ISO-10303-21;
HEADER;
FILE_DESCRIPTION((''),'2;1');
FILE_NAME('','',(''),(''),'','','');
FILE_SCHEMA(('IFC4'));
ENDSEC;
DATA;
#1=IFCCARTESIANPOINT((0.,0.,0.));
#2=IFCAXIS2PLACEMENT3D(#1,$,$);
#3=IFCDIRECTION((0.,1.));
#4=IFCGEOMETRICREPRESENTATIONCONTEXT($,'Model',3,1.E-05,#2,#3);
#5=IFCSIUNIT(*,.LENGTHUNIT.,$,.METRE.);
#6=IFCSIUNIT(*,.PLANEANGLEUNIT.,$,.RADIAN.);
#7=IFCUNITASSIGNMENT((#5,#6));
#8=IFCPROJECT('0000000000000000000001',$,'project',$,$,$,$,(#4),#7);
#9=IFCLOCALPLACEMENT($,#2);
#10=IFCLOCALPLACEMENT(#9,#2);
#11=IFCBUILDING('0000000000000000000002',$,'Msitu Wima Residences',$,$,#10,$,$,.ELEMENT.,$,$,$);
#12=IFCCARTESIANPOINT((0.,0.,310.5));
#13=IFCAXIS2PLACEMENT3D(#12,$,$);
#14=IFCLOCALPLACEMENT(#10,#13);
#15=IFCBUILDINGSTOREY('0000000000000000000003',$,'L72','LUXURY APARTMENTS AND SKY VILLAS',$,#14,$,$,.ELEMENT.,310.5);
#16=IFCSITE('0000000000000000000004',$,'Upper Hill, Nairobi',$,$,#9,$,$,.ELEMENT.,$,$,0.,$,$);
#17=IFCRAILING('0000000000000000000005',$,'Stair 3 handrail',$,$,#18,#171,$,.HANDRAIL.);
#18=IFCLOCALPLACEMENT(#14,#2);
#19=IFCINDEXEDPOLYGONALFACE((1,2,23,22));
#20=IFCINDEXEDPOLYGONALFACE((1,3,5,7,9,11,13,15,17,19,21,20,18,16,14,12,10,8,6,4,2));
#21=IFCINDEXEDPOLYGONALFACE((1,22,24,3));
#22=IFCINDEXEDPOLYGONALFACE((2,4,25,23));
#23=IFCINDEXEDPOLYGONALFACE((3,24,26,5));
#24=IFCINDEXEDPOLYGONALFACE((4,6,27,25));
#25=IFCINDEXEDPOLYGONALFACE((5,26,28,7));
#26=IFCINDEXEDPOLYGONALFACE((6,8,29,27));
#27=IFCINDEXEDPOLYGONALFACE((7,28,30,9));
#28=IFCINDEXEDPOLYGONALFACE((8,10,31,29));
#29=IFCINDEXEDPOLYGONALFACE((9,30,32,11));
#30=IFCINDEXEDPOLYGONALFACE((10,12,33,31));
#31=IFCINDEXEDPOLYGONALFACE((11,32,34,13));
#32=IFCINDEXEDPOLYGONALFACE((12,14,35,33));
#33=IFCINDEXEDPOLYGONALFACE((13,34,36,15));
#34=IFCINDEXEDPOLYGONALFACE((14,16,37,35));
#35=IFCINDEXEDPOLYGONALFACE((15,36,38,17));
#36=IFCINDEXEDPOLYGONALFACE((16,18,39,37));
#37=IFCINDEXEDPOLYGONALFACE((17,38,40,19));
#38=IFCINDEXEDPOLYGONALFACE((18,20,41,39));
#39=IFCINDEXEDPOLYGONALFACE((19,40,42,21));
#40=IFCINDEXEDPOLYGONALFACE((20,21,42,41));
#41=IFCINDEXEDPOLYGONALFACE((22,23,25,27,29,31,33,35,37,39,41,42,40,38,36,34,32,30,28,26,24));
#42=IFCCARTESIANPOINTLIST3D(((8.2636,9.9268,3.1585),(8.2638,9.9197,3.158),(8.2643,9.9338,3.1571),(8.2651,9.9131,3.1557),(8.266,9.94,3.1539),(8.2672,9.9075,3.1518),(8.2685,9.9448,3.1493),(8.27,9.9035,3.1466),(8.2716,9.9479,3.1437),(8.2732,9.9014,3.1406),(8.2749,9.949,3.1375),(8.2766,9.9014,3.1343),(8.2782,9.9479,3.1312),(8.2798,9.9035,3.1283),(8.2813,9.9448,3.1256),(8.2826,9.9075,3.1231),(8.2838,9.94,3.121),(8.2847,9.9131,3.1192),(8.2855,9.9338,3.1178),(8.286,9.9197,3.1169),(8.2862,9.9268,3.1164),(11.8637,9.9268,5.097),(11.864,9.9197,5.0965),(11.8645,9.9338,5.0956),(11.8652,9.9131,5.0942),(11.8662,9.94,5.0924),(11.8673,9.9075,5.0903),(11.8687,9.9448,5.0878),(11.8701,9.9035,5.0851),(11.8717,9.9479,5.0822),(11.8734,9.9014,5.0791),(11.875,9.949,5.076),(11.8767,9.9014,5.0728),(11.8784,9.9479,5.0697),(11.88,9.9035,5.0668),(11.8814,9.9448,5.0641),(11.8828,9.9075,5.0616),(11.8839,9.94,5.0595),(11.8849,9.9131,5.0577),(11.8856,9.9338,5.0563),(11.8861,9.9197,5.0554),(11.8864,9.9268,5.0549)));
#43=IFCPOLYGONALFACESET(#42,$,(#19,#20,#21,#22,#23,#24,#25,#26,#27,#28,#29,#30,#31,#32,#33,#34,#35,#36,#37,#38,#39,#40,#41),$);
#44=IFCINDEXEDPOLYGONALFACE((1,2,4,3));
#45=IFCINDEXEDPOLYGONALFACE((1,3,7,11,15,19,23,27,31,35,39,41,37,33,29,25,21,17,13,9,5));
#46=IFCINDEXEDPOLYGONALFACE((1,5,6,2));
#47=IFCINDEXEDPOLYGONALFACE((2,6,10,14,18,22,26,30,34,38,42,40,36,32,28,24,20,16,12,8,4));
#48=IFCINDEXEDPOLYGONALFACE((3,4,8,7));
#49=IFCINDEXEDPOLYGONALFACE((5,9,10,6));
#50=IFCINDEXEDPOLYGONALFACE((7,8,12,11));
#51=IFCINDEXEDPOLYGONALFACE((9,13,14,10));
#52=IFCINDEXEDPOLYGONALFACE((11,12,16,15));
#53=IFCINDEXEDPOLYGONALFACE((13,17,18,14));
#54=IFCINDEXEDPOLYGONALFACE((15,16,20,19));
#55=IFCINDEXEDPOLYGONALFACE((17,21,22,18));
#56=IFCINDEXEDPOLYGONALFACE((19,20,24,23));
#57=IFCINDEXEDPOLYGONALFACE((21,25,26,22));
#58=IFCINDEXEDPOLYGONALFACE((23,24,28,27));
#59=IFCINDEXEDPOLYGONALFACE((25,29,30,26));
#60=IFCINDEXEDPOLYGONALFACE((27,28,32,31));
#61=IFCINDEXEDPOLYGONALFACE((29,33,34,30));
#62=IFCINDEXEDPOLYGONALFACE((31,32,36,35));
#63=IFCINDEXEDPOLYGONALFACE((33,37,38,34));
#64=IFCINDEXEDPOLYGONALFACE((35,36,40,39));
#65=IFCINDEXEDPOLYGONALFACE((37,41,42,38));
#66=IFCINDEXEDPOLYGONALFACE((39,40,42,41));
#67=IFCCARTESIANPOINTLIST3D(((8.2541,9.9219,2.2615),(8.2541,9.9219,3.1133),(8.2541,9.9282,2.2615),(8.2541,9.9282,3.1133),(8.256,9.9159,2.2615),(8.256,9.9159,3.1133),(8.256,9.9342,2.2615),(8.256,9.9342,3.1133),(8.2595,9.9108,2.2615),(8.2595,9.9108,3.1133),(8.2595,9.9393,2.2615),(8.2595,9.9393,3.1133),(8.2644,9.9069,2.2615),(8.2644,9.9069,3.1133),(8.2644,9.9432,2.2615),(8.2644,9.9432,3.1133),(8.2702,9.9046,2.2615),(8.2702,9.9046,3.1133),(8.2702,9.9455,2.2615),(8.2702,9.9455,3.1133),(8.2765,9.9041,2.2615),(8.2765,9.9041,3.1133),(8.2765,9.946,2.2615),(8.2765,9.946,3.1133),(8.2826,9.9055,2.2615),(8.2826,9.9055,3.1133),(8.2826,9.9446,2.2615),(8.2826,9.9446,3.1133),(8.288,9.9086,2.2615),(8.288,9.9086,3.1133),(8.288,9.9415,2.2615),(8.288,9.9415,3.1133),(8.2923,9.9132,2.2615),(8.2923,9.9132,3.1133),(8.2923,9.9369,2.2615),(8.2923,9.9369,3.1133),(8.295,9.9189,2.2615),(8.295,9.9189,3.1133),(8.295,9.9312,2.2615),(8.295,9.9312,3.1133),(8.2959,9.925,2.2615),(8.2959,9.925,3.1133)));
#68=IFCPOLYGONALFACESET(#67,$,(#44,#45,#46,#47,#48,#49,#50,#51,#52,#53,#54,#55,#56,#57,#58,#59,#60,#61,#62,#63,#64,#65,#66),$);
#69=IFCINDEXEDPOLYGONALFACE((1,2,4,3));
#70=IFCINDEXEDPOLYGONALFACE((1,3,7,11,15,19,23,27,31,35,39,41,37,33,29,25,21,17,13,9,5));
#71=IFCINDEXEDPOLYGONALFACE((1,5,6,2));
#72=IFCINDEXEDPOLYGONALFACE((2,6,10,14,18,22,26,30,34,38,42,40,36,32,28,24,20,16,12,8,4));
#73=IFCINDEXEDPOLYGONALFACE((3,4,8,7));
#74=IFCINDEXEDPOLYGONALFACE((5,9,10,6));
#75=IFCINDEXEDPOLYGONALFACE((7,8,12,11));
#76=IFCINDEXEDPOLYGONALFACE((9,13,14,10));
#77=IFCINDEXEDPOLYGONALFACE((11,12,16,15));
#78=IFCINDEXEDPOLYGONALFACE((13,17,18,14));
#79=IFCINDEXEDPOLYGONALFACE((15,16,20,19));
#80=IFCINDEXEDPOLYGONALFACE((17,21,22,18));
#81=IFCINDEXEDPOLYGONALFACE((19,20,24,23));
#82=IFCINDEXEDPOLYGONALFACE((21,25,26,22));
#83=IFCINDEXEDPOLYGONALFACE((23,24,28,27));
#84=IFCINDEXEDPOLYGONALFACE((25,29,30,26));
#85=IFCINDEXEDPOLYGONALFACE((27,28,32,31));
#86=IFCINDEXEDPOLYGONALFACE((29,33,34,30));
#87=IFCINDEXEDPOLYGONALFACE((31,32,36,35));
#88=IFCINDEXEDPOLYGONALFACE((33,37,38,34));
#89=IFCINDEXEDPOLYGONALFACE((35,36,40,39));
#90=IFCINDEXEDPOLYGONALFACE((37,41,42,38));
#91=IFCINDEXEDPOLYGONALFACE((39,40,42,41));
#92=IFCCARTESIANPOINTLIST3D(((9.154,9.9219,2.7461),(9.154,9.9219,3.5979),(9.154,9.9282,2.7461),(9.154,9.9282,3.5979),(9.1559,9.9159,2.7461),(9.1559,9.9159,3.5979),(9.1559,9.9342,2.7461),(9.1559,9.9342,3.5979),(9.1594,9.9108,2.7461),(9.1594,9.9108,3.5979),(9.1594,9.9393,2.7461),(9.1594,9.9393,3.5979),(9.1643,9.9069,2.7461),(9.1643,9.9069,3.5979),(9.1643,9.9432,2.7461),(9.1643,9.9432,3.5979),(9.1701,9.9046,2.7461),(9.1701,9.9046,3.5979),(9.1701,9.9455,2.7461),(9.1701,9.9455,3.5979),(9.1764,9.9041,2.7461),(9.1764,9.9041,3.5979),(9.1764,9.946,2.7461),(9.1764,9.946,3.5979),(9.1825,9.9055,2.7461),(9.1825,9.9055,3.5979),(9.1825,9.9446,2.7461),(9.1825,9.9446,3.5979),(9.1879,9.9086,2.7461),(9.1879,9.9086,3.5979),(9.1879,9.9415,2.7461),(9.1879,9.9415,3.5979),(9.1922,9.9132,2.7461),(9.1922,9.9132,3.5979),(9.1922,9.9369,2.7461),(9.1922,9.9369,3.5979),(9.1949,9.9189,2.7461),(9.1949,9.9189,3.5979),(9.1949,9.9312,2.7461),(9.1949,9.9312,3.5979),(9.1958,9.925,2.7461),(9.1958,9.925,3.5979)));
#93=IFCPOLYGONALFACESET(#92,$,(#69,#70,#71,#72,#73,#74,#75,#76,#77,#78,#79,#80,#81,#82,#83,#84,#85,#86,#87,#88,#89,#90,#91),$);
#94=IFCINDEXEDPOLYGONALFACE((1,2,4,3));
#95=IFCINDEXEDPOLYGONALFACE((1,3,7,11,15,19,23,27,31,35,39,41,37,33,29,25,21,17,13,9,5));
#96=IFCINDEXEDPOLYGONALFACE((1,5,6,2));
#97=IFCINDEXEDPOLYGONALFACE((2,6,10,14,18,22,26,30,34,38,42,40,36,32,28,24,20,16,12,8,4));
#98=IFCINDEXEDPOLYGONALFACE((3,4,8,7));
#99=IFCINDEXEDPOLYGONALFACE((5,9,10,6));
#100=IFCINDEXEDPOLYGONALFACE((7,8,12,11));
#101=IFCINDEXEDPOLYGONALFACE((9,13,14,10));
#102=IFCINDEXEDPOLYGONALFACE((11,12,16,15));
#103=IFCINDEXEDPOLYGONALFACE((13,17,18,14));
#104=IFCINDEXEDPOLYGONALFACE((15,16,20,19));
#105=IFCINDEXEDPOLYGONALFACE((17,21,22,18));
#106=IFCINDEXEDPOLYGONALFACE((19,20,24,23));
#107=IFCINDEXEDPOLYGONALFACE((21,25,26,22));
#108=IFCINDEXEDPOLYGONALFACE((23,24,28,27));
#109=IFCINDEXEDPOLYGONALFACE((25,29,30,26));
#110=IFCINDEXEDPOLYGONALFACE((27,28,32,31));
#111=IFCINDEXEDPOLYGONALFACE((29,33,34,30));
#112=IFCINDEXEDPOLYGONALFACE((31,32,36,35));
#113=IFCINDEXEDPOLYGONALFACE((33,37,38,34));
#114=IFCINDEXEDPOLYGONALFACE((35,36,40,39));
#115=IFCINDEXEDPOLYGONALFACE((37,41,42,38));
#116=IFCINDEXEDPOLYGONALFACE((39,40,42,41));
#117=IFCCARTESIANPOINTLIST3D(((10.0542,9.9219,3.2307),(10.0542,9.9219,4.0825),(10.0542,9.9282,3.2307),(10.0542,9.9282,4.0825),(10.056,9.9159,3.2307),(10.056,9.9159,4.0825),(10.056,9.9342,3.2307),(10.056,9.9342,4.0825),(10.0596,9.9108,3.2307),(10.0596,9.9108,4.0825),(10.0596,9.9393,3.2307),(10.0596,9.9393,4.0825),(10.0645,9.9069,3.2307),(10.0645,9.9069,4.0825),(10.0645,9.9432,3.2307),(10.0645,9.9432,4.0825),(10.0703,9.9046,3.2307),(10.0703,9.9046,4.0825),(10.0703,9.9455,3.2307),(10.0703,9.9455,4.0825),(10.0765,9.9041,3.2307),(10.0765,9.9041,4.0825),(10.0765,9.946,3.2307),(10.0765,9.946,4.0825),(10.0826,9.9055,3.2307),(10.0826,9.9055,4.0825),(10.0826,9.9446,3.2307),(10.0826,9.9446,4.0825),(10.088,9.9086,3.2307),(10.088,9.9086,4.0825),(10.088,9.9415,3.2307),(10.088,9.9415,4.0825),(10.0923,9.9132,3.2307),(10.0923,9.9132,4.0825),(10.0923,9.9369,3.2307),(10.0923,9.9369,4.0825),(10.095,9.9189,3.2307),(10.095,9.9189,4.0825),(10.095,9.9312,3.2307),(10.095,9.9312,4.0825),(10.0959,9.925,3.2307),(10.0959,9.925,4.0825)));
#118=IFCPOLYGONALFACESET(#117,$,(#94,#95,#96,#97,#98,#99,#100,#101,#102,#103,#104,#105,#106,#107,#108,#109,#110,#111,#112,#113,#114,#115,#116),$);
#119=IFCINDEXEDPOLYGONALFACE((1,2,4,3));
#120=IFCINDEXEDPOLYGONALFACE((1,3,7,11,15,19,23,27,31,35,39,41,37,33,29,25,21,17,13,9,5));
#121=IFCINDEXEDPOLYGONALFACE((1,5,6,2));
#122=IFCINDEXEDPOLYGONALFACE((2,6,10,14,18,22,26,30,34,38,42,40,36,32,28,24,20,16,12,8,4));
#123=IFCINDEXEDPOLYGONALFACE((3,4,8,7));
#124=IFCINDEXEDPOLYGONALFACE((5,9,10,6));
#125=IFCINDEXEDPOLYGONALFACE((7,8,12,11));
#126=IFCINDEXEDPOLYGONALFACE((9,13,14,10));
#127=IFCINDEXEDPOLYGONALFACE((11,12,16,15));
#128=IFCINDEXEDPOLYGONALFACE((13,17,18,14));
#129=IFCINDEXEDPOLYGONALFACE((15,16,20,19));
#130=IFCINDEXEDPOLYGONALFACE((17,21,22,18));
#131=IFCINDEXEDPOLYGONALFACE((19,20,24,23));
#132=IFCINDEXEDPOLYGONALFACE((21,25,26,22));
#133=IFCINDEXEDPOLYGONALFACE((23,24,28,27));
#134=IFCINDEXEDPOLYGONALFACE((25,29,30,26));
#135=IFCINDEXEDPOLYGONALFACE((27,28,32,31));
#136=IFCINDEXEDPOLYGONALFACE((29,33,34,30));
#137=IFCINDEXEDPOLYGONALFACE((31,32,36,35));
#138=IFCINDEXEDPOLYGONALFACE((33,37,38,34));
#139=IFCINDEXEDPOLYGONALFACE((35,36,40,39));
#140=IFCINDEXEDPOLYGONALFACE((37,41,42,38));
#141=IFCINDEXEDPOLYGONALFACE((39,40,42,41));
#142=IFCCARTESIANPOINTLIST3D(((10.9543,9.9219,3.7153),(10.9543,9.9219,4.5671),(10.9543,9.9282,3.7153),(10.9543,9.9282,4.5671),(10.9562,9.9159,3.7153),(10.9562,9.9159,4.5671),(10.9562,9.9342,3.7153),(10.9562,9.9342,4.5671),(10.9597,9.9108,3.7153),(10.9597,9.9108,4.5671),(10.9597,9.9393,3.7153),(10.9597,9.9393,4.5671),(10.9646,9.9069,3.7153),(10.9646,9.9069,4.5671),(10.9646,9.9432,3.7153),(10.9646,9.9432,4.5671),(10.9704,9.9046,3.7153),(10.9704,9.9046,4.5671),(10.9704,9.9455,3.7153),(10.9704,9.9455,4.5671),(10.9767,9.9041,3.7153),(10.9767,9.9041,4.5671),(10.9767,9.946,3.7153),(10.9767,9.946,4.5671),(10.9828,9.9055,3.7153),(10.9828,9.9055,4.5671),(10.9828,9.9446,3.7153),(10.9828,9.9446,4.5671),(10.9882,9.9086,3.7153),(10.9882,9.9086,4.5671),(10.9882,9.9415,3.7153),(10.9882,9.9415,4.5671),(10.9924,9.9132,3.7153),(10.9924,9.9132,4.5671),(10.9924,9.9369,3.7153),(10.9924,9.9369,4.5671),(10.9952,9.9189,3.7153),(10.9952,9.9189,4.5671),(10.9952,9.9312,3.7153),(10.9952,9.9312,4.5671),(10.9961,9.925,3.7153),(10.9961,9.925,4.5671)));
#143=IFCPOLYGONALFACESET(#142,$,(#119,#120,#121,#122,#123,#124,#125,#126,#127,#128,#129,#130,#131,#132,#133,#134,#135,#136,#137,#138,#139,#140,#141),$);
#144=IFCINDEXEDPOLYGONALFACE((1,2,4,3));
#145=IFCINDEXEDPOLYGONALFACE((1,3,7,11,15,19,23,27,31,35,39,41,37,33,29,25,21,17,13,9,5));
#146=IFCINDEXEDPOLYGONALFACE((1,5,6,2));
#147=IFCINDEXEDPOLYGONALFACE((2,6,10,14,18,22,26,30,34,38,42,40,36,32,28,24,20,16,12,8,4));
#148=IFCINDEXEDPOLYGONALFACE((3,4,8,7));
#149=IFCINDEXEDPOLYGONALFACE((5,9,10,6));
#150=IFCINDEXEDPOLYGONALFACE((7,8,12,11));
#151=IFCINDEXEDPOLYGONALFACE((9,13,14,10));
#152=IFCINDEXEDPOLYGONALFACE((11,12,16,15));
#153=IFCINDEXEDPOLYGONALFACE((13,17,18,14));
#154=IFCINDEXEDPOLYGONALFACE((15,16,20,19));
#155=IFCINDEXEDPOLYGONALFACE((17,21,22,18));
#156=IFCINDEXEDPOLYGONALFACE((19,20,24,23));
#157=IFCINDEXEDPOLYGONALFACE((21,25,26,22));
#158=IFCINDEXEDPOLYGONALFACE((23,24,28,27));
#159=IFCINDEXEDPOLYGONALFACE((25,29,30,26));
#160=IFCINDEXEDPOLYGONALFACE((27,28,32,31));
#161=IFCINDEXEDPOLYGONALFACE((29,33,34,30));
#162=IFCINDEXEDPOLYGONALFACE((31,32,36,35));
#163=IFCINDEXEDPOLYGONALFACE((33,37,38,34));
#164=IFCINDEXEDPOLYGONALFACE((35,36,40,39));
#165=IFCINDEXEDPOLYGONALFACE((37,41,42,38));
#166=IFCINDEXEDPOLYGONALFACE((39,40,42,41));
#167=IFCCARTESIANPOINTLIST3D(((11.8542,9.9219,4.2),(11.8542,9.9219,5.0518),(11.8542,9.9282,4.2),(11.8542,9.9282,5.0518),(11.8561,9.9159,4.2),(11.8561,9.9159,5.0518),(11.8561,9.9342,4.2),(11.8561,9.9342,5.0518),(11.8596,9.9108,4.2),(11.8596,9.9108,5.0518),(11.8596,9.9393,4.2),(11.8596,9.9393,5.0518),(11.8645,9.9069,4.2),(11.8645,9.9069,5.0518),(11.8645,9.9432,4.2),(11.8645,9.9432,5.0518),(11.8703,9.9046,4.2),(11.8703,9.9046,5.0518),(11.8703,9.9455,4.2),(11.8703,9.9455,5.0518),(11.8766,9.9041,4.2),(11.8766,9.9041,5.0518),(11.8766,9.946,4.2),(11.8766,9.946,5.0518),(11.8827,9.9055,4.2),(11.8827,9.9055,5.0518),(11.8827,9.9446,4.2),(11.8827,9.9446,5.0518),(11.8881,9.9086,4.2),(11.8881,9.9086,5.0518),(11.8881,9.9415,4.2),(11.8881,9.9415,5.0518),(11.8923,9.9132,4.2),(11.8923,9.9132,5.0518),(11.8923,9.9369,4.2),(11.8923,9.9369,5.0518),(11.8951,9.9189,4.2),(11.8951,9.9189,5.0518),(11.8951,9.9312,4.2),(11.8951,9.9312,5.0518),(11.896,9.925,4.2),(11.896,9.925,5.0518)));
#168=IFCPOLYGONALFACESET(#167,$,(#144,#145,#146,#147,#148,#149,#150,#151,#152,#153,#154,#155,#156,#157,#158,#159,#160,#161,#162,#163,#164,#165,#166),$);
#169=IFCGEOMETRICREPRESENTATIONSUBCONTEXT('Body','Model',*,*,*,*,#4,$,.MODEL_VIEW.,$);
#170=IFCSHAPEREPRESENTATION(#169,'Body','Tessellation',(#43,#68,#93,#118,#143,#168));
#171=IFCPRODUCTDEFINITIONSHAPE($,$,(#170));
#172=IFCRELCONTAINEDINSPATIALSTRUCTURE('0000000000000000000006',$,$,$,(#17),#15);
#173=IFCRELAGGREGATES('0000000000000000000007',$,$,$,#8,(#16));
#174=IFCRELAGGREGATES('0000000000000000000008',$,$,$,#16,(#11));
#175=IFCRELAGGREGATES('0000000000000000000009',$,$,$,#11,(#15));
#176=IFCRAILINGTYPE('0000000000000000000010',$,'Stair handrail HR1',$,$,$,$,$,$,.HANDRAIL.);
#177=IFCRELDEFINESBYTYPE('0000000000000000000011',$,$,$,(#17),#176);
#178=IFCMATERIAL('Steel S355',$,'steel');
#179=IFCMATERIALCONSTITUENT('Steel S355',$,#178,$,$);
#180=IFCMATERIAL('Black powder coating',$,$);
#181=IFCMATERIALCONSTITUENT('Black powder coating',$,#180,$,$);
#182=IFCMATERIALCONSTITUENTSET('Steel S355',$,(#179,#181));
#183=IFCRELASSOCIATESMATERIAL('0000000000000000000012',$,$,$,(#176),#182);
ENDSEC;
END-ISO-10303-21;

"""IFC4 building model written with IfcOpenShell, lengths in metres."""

from ifc_helpers import new_model, si_unit, direction, frame, origin, origin_2d, place, context, subcontext, project, spatial, circle, extrude, material, constituent, constituent_set, type_object, element, save


model = new_model("IFC4")

# Units and contexts
model_context = context("Model", 3, precision=1e-05, world=origin(), true_north=direction((0.0, 1.0)))
body_context = subcontext(model_context, "Body", "Model", "MODEL_VIEW")
ifc_project = project(units=[si_unit("LENGTHUNIT", "METRE"), si_unit("PLANEANGLEUNIT", "RADIAN")], contexts=[model_context])

# Site, building, storey
site_placement = place(None, origin())
site = spatial("IfcSite", under=ifc_project, at=site_placement, Name="Upper Hill, Nairobi", CompositionType="ELEMENT", RefElevation=0.0)
building_placement = place(site_placement, origin())
building = spatial("IfcBuilding", under=site, at=building_placement, Name="Msitu Wima Residences", CompositionType="ELEMENT")
storey_placement = place(building_placement, frame((0.0, 0.0, 310.5)))
storey = spatial("IfcBuildingStorey", under=building, at=storey_placement, Name="L72", Description="LUXURY APARTMENTS AND SKY VILLAS", CompositionType="ELEMENT", Elevation=310.5)

# Railing
ifc_material_1 = material(Name="Steel S355", Category="steel")
ifc_constituent_1 = constituent(ifc_material_1, Name="Steel S355")
ifc_material_2 = material(Name="Black powder coating")
ifc_constituent_2 = constituent(ifc_material_2, Name="Black powder coating")
ifc_constituent_set = constituent_set(constituents=[ifc_constituent_1, ifc_constituent_2], Name="Steel S355")
railing_type = type_object("IfcRailingType", Name="Stair handrail HR1", PredefinedType="HANDRAIL", material=ifc_constituent_set)
for number, where, name in (
    (1, (8.2749, 9.925, 2.2615), "Stair 3 handrail"),
):
    element("IfcRailing", number, at=place(storey_placement, frame(where)), inside=storey, type_object=railing_type, Name=name, PredefinedType="HANDRAIL", context=body_context, shape_type="SweptSolid", body=[
        extrude(circle(Radius=0.0239, at=origin_2d()), frame((0.0, 0.0, 0.876), z_axis=(0.880475, 0.0, 0.474093), x_axis=(0.0, 1.0, 0.0)), (0.0, 0.0, 1.0), 4.0889),
        extrude(circle(Radius=0.021, at=origin_2d()), origin(), (0.0, 0.0, 1.0), 0.8518),
        extrude(circle(Radius=0.021, at=origin_2d()), frame((0.8999, 0.0, 0.4846)), (0.0, 0.0, 1.0), 0.8518),
        extrude(circle(Radius=0.021, at=origin_2d()), frame((1.8, 0.0, 0.9692)), (0.0, 0.0, 1.0), 0.8518),
        extrude(circle(Radius=0.021, at=origin_2d()), frame((2.7002, 0.0, 1.4539)), (0.0, 0.0, 1.0), 0.8518),
        extrude(circle(Radius=0.021, at=origin_2d()), frame((3.6001, 0.0, 1.9385)), (0.0, 0.0, 1.0), 0.8518),
    ])

save(model, "model.ifc")
